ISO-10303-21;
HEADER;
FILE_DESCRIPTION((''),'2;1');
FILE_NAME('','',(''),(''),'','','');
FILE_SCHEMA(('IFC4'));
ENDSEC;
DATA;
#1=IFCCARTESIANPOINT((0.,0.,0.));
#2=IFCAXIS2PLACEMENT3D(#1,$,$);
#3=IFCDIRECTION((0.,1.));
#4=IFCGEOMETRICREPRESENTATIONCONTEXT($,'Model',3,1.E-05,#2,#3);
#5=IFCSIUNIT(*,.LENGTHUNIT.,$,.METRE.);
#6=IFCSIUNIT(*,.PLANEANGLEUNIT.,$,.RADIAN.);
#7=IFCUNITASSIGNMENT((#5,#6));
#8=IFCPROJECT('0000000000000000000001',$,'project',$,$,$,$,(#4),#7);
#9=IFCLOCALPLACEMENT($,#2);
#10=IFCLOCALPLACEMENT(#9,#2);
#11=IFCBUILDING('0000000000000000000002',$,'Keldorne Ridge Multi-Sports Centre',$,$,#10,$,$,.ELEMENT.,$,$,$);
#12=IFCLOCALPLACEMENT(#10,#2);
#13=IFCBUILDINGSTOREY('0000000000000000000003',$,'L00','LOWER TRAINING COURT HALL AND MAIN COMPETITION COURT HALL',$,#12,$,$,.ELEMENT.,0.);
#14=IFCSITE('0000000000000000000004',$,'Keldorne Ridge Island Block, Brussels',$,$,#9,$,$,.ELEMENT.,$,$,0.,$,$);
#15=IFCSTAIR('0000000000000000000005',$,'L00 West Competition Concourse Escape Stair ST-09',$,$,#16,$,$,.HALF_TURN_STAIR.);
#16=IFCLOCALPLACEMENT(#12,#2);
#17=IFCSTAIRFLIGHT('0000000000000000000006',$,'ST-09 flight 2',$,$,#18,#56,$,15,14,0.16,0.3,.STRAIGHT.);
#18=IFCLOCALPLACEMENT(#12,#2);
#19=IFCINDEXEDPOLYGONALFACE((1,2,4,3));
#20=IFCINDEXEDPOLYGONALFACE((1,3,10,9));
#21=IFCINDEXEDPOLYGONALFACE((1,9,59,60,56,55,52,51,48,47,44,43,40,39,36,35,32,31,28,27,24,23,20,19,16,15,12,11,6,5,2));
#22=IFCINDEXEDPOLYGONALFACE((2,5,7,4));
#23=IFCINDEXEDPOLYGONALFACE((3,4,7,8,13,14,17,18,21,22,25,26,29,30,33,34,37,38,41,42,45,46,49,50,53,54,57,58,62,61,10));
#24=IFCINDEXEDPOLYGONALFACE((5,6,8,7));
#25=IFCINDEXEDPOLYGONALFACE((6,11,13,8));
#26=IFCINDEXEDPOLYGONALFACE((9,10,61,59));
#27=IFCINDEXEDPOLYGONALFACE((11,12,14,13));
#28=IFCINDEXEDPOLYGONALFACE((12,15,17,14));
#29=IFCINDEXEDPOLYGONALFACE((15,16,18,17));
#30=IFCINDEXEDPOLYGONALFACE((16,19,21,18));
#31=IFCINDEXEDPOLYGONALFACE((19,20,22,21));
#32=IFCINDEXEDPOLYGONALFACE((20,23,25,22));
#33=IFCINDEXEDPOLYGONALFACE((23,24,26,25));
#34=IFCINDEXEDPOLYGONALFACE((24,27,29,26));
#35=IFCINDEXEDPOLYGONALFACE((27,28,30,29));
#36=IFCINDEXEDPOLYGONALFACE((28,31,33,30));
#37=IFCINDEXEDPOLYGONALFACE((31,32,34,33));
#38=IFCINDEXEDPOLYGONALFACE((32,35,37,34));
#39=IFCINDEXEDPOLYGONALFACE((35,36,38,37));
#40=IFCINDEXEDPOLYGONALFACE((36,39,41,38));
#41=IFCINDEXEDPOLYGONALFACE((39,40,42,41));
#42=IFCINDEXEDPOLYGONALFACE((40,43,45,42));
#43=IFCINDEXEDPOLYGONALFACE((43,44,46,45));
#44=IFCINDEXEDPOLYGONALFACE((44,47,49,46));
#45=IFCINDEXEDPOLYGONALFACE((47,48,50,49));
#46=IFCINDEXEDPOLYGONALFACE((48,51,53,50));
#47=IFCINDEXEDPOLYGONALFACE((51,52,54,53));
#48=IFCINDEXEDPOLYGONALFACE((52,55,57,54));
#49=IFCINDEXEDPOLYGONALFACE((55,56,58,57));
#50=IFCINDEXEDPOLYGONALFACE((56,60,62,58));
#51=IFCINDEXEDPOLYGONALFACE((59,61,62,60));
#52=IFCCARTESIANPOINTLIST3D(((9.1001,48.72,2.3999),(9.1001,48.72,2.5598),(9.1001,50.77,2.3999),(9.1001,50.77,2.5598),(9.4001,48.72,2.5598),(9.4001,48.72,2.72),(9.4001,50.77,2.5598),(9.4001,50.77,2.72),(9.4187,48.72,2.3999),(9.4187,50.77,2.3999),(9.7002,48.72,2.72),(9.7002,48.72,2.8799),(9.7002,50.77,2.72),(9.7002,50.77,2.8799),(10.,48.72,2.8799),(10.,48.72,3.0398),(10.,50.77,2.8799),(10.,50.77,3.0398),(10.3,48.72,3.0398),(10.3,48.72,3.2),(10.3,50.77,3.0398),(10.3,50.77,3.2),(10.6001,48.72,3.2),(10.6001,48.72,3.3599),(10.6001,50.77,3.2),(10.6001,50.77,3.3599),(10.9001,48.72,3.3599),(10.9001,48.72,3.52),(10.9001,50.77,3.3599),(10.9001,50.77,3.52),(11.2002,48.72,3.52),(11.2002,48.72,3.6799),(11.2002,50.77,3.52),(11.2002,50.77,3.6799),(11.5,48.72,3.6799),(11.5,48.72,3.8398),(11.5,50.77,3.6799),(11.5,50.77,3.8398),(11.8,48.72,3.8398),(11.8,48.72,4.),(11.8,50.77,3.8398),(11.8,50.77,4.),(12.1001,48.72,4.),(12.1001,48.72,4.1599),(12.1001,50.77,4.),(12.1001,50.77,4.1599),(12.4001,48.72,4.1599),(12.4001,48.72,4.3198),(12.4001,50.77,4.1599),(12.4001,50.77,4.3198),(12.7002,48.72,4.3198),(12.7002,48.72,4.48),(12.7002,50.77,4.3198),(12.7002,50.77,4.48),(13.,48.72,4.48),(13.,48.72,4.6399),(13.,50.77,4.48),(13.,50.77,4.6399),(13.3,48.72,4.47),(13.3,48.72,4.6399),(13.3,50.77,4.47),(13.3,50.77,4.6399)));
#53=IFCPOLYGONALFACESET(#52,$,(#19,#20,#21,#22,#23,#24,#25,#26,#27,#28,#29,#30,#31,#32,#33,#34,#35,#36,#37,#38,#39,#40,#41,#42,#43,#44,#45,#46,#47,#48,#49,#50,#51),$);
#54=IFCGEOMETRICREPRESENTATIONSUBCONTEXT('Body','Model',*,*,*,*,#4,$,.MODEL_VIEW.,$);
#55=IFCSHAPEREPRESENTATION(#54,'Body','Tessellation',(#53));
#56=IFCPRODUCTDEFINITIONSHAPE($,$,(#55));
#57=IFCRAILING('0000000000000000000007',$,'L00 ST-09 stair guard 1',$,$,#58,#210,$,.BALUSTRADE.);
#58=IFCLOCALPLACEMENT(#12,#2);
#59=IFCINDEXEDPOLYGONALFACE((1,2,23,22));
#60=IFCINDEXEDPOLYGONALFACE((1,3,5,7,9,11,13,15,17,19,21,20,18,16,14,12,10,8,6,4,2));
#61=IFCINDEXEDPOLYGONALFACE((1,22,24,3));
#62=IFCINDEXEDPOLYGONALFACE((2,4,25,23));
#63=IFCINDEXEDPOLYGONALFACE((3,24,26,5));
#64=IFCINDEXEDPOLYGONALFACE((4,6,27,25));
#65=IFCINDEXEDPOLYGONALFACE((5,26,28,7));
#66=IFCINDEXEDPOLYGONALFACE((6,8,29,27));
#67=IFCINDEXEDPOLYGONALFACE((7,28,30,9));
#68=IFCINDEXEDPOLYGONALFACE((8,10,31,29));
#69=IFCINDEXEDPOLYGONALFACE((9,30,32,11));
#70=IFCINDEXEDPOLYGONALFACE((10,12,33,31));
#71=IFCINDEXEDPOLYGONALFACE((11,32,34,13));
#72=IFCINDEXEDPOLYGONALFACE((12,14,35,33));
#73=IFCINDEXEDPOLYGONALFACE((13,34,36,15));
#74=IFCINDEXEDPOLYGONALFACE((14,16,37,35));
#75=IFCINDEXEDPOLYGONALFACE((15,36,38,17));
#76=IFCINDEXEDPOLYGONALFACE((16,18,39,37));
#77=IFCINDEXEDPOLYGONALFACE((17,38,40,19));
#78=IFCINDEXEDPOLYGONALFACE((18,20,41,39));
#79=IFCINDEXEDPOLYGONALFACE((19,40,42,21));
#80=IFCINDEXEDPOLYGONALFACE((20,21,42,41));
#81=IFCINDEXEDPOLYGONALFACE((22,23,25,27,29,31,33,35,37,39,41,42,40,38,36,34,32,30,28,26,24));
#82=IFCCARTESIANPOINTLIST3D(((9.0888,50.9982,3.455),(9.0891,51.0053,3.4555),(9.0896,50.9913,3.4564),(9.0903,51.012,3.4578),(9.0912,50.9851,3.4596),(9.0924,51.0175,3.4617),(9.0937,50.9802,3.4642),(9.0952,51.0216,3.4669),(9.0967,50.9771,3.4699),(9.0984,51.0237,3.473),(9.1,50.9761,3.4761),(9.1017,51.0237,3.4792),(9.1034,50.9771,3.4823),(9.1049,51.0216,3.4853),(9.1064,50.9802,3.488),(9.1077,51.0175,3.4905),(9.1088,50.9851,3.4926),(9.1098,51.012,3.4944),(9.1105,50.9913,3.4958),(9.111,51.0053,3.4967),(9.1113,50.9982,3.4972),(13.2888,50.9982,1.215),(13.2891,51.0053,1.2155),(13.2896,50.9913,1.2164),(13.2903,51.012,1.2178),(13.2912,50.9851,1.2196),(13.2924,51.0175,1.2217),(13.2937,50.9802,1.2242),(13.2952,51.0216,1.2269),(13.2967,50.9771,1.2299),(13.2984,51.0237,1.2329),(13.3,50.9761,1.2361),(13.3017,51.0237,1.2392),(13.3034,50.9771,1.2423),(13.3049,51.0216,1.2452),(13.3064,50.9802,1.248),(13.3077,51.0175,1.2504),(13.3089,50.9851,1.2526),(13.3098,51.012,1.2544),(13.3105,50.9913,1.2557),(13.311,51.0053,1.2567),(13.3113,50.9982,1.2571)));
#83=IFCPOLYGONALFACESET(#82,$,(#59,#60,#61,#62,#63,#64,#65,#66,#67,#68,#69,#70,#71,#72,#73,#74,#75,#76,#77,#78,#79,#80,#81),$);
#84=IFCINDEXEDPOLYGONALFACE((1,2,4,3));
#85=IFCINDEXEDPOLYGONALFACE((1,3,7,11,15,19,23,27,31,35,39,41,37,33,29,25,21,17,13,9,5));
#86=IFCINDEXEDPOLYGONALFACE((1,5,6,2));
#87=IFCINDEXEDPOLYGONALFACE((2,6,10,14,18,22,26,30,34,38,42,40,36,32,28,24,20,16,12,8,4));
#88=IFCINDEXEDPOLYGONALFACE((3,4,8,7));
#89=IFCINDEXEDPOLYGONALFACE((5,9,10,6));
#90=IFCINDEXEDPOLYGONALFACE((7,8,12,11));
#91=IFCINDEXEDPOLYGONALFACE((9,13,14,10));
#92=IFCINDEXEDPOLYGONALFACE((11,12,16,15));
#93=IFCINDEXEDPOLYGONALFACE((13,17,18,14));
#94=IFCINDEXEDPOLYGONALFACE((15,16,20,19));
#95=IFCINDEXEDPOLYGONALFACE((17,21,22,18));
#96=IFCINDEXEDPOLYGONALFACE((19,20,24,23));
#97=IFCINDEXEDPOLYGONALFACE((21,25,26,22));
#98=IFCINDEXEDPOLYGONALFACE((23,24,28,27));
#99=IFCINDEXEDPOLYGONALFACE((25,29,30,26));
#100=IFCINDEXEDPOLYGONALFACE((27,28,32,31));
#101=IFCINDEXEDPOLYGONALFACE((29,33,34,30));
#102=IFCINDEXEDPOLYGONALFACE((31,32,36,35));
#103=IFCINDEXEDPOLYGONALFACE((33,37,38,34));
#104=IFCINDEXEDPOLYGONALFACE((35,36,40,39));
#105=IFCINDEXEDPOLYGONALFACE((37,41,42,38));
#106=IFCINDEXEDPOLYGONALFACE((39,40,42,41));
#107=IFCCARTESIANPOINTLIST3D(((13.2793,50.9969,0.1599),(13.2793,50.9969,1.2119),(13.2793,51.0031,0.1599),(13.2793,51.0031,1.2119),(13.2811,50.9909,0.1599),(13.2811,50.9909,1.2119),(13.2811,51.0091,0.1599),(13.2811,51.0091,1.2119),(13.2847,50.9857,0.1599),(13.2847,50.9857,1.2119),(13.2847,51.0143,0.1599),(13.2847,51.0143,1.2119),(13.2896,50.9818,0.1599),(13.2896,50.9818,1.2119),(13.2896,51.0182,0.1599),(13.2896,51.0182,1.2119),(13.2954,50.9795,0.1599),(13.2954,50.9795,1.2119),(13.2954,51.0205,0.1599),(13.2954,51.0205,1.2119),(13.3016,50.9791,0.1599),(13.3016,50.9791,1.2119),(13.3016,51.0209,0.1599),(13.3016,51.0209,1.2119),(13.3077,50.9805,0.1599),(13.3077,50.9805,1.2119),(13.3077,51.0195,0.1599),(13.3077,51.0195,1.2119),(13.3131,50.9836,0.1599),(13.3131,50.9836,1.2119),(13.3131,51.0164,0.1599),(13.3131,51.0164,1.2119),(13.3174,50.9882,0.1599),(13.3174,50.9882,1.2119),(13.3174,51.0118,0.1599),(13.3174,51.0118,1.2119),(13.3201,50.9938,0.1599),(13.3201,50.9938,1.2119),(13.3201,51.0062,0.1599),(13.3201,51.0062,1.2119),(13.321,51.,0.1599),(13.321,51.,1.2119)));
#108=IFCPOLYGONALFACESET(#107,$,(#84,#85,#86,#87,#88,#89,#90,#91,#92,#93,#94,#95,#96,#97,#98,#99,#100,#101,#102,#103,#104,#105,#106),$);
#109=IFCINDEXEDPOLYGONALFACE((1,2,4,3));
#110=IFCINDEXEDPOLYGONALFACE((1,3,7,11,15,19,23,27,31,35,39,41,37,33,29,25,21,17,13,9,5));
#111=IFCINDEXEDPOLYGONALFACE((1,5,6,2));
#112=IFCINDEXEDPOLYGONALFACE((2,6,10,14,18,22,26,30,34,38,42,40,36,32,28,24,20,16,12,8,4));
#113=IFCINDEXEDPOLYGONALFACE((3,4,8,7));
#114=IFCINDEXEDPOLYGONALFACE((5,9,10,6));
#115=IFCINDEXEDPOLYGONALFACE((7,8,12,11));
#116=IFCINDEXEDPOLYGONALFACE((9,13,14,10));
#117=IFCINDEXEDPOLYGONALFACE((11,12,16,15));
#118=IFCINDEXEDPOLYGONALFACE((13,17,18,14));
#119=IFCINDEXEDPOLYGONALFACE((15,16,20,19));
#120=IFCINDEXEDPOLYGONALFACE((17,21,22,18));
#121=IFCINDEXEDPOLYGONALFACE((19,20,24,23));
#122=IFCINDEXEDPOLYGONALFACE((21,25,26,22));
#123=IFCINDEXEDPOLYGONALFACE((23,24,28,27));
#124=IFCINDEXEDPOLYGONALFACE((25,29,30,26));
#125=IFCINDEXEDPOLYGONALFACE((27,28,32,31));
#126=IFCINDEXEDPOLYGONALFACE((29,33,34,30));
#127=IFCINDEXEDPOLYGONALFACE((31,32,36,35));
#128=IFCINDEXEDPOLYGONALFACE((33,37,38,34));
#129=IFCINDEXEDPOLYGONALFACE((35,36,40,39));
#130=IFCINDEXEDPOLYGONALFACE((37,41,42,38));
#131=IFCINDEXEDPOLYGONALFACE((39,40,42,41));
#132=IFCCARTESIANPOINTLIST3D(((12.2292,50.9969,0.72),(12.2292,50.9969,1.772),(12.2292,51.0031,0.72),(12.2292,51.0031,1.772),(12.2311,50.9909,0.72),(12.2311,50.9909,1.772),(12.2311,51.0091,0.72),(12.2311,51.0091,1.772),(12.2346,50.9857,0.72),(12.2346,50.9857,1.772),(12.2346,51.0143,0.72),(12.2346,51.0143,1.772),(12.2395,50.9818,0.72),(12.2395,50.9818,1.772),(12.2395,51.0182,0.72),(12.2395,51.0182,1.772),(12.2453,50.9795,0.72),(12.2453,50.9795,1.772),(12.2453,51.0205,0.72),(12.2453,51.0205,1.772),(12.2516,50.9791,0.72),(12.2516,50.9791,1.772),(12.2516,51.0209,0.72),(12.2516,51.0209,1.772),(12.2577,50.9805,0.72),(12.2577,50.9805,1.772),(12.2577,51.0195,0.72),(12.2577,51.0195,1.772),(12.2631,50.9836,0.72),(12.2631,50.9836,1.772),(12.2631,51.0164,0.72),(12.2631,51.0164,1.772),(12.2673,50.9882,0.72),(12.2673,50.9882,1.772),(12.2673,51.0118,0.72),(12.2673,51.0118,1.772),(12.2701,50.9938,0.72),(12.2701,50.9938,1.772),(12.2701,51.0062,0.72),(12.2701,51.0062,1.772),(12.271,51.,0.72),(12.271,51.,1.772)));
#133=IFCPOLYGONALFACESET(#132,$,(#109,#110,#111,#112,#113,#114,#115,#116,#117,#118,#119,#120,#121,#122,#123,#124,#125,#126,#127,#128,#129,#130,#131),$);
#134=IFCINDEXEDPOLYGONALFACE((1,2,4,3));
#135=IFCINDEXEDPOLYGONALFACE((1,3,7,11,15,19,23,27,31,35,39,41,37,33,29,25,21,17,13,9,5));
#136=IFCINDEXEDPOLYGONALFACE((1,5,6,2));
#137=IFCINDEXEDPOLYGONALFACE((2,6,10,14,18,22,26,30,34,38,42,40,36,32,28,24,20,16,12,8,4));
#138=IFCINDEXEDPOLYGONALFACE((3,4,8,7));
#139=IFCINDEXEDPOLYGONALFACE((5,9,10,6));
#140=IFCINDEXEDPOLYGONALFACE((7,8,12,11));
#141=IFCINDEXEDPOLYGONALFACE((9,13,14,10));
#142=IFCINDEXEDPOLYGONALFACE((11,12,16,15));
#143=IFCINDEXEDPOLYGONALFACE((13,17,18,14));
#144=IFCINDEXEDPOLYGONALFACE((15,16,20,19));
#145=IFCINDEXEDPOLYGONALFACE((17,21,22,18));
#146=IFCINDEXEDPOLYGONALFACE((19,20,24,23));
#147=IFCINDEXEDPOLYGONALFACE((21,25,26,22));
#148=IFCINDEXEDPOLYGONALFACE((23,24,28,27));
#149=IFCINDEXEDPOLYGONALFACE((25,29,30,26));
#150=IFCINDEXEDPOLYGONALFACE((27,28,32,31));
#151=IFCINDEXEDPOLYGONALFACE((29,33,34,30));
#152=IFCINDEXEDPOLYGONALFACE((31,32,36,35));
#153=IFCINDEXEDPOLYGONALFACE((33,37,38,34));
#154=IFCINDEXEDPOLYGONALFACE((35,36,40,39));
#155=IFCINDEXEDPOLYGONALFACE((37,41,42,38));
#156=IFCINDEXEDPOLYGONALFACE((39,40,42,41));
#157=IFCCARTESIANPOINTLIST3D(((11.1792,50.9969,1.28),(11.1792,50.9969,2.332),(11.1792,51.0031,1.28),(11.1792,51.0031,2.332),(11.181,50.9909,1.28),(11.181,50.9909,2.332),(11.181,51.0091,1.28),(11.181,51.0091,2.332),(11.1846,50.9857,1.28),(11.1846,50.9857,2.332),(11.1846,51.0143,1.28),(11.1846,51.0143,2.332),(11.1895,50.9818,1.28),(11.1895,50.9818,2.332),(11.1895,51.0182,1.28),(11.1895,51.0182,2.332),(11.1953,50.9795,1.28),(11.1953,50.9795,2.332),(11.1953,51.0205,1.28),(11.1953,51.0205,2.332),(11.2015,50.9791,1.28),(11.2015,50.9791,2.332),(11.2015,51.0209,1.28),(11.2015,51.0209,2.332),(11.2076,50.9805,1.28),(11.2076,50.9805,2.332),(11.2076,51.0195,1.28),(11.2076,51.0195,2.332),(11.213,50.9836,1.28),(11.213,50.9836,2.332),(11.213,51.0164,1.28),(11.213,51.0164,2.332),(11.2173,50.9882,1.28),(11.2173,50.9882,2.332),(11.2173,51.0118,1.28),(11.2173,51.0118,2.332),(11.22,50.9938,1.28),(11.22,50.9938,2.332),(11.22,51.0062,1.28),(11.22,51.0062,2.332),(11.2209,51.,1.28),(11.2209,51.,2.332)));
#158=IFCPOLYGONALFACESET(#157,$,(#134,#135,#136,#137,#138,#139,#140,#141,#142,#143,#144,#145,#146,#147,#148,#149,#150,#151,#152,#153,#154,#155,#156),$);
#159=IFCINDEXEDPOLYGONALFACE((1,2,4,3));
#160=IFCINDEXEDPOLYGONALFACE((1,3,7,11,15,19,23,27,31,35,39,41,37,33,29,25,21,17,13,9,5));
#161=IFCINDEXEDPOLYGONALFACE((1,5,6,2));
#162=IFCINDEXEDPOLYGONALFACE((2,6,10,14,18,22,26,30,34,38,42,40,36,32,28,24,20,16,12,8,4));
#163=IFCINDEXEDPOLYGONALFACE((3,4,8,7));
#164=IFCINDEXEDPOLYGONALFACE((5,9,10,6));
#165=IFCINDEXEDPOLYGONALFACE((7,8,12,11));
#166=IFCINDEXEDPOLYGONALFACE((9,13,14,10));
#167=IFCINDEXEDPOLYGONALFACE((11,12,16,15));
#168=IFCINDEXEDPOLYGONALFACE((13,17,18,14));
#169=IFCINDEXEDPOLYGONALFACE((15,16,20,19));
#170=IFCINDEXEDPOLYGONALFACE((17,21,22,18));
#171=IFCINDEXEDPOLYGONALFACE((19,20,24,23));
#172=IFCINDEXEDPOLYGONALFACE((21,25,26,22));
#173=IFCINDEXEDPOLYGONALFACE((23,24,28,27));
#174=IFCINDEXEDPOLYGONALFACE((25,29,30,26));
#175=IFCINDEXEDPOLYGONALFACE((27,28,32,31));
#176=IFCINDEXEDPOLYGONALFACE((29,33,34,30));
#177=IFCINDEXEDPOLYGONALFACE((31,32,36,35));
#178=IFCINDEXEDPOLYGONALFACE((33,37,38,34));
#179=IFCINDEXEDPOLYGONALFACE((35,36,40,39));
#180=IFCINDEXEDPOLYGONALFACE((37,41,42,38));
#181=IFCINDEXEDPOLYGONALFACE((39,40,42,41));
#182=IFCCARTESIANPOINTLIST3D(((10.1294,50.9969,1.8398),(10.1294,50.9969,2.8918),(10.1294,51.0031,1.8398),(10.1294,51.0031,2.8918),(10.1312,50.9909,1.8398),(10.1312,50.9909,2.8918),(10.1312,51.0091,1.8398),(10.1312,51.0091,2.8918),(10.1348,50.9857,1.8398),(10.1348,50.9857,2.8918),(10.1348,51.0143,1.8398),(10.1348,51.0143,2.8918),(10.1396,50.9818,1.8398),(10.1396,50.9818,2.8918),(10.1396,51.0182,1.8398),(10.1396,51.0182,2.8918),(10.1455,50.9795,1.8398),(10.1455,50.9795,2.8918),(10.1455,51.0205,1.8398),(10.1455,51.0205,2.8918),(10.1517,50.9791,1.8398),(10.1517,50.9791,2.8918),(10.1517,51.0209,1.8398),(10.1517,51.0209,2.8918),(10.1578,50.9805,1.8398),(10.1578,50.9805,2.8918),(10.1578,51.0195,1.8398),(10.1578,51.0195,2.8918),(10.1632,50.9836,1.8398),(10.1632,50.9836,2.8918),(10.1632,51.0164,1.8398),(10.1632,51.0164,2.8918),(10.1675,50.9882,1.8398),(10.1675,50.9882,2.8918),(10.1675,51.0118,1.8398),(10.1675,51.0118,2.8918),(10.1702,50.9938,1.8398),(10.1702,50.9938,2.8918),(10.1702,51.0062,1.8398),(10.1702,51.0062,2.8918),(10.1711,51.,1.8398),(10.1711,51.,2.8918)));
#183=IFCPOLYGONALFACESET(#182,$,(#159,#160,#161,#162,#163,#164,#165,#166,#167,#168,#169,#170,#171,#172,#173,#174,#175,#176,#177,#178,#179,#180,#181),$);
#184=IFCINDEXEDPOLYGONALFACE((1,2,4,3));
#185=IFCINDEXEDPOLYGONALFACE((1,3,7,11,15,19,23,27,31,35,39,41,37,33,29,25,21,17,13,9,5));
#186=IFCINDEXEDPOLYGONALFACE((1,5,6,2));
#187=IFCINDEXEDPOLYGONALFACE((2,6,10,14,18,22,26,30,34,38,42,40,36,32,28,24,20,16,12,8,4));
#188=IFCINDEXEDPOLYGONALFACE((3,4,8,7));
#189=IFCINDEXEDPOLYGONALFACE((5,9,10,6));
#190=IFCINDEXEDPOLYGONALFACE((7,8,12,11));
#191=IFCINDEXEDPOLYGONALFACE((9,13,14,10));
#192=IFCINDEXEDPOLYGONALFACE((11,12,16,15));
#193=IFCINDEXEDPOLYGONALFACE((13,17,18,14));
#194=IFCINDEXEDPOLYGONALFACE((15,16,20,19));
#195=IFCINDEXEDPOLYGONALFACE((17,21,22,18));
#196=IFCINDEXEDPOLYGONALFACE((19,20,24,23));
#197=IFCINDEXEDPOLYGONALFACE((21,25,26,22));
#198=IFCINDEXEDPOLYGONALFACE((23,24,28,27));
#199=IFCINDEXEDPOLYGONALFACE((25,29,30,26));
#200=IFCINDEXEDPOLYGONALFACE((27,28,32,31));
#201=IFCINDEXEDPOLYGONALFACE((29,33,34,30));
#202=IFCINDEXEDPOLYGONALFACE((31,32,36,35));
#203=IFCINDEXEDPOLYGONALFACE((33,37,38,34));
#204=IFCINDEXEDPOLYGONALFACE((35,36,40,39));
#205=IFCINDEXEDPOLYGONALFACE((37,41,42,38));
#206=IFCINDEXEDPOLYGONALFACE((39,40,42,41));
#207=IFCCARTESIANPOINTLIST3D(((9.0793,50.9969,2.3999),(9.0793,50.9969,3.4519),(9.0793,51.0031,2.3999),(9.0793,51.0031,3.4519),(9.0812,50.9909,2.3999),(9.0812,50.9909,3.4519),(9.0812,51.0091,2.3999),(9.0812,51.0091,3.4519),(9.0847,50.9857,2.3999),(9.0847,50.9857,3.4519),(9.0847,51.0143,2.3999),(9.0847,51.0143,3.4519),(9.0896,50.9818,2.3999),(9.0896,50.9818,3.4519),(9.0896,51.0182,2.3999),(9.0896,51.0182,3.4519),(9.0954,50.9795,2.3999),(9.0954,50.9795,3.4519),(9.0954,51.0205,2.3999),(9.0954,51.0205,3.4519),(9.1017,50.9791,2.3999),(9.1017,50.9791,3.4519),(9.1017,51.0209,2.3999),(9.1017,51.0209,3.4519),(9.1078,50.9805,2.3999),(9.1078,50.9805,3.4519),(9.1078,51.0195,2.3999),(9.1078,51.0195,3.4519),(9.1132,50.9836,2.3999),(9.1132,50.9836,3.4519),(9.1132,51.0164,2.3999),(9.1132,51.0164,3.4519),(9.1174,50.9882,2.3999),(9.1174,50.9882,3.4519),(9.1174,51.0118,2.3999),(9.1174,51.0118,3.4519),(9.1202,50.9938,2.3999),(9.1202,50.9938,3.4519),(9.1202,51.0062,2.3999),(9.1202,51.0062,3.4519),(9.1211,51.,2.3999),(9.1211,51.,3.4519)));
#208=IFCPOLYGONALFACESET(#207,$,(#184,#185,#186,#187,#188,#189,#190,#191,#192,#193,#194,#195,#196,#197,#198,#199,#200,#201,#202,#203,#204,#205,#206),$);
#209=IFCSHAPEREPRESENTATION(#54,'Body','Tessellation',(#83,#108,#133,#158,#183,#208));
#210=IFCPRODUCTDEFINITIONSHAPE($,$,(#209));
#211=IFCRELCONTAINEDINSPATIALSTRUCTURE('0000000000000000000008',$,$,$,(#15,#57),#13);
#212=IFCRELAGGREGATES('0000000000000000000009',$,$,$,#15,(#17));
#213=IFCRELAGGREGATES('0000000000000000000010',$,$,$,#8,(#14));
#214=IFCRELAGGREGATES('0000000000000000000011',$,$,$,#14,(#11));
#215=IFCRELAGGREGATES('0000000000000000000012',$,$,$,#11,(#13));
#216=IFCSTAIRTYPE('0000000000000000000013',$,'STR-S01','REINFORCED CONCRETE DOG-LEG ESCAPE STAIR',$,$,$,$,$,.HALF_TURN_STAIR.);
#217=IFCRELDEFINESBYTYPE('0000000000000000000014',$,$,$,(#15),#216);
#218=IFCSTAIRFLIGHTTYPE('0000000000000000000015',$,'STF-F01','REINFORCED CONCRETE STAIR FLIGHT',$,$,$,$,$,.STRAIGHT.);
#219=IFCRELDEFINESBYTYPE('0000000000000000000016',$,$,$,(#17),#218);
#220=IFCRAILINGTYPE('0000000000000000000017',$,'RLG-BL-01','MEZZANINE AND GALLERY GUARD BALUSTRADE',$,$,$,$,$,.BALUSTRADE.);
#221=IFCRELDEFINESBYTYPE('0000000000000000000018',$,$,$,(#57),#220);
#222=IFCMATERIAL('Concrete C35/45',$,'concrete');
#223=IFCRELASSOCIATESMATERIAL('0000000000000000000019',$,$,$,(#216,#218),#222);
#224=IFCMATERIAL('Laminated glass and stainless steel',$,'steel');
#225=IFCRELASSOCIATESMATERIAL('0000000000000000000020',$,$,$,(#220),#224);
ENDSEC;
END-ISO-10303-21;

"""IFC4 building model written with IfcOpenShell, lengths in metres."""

from ifc_helpers import new_model, si_unit, direction, frame, origin, origin_2d, place, context, subcontext, project, spatial, polyline, circle, outline, extrude, material, type_object, element, aggregate, save


model = new_model("IFC4")

# Units and contexts
model_context = context("Model", 3, precision=1e-05, world=origin(), true_north=direction((0.0, 1.0)))
body_context = subcontext(model_context, "Body", "Model", "MODEL_VIEW")
ifc_project = project(units=[si_unit("LENGTHUNIT", "METRE"), si_unit("PLANEANGLEUNIT", "RADIAN")], contexts=[model_context])

# Site, building, storey
site_placement = place(None, origin())
site = spatial("IfcSite", under=ifc_project, at=site_placement, Name="Keldorne Ridge Island Block, Brussels", CompositionType="ELEMENT", RefElevation=0.0)
building_placement = place(site_placement, origin())
building = spatial("IfcBuilding", under=site, at=building_placement, Name="Keldorne Ridge Multi-Sports Centre", CompositionType="ELEMENT")
storey_placement = place(building_placement, origin())
storey = spatial("IfcBuildingStorey", under=building, at=storey_placement, Name="L00", Description="LOWER TRAINING COURT HALL AND MAIN COMPETITION COURT HALL", CompositionType="ELEMENT", Elevation=0.0)

# Shared definitions
ifc_material_1 = material(Name="Concrete C35/45", Category="concrete")

# Stair, stair flight
stair_type = type_object("IfcStairType", Name="STR-S01", Description="REINFORCED CONCRETE DOG-LEG ESCAPE STAIR", PredefinedType="HALF_TURN_STAIR", material=ifc_material_1)
stair_placement = place(storey_placement, origin())
stair = element("IfcStair", 1, at=stair_placement, inside=storey, type_object=stair_type, Name="L00 West Competition Concourse Escape Stair ST-09", PredefinedType="HALF_TURN_STAIR")
stair_flight_type = type_object("IfcStairFlightType", Name="STF-F01", Description="REINFORCED CONCRETE STAIR FLIGHT", PredefinedType="STRAIGHT", material=ifc_material_1)
stair_flight_1_placement = place(storey_placement, frame((9.1001, 49.7451, 2.3999), z_axis=(0.0, 0.0, 1.0), x_axis=(1.0, 0.0, 0.0)))
stair_flight_1 = element("IfcStairFlight", 2, at=stair_flight_1_placement, type_object=stair_flight_type, Name="ST-09 flight 2", NumberOfRisers=15, NumberOfTreads=14, PredefinedType="STRAIGHT", RiserHeight=0.16, TreadLength=0.3, context=body_context, shape_type="SweptSolid", body=[
    extrude(outline(polyline([(0.0, 0.0), (0.0, 0.1599), (0.3, 0.1599), (0.3, 0.3201), (0.6001, 0.3201), (0.6001, 0.48), (0.8999, 0.48), (0.8999, 0.6399), (1.2, 0.6399), (1.2, 0.8), (1.5, 0.8), (1.5, 0.96), (1.8, 0.96), (1.8, 1.1201), (2.1001, 1.1201), (2.1001, 1.28), (2.3999, 1.28), (2.3999, 1.4399), (2.7, 1.4399), (2.7, 1.6001), (3.0, 1.6001), (3.0, 1.76), (3.3, 1.76), (3.3, 1.9199), (3.6001, 1.9199), (3.6001, 2.0801), (3.8999, 2.0801), (3.8999, 2.24), (4.2, 2.24), (4.2, 2.3999), (4.2, 2.0701), (0.3186, 0.0), (0.0, 0.0)])), frame((0.0, 1.0249, 0.0), z_axis=(0.0, -1.0, 0.0), x_axis=(1.0, 0.0, 0.0)), (0.0, 0.0, 1.0), 2.05),
])
aggregate(stair, [stair_flight_1])

# Railing
ifc_material_2 = material(Name="Laminated glass and stainless steel", Category="steel")
railing_type_1 = type_object("IfcRailingType", Name="RLG-BL-01", Description="MEZZANINE AND GALLERY GUARD BALUSTRADE", PredefinedType="BALUSTRADE", material=ifc_material_2)
railing_1_placement = place(storey_placement, frame((13.3, 51.0, 0.1599)))
element("IfcRailing", 3, at=railing_1_placement, inside=storey, type_object=railing_type_1, Name="L00 ST-09 stair guard 1", PredefinedType="BALUSTRADE", context=body_context, shape_type="SweptSolid", body=[
    extrude(circle(Radius=0.0239, at=origin_2d()), frame((0.0, 0.0, 1.0762), z_axis=(-0.882352, 0.0, 0.470591), x_axis=(0.0, -1.0, 0.0)), (0.0, 0.0, 1.0), 4.76),
    extrude(circle(Radius=0.021, at=origin_2d()), origin(), (0.0, 0.0, 1.0), 1.052),
    extrude(circle(Radius=0.021, at=origin_2d()), frame((-1.05, 0.0, 0.5601)), (0.0, 0.0, 1.0), 1.052),
    extrude(circle(Radius=0.021, at=origin_2d()), frame((-2.1001, 0.0, 1.1201)), (0.0, 0.0, 1.0), 1.052),
    extrude(circle(Radius=0.021, at=origin_2d()), frame((-3.1499, 0.0, 1.6799)), (0.0, 0.0, 1.0), 1.052),
    extrude(circle(Radius=0.021, at=origin_2d()), frame((-4.2, 0.0, 2.24)), (0.0, 0.0, 1.0), 1.052),
])

save(model, "model.ifc")
